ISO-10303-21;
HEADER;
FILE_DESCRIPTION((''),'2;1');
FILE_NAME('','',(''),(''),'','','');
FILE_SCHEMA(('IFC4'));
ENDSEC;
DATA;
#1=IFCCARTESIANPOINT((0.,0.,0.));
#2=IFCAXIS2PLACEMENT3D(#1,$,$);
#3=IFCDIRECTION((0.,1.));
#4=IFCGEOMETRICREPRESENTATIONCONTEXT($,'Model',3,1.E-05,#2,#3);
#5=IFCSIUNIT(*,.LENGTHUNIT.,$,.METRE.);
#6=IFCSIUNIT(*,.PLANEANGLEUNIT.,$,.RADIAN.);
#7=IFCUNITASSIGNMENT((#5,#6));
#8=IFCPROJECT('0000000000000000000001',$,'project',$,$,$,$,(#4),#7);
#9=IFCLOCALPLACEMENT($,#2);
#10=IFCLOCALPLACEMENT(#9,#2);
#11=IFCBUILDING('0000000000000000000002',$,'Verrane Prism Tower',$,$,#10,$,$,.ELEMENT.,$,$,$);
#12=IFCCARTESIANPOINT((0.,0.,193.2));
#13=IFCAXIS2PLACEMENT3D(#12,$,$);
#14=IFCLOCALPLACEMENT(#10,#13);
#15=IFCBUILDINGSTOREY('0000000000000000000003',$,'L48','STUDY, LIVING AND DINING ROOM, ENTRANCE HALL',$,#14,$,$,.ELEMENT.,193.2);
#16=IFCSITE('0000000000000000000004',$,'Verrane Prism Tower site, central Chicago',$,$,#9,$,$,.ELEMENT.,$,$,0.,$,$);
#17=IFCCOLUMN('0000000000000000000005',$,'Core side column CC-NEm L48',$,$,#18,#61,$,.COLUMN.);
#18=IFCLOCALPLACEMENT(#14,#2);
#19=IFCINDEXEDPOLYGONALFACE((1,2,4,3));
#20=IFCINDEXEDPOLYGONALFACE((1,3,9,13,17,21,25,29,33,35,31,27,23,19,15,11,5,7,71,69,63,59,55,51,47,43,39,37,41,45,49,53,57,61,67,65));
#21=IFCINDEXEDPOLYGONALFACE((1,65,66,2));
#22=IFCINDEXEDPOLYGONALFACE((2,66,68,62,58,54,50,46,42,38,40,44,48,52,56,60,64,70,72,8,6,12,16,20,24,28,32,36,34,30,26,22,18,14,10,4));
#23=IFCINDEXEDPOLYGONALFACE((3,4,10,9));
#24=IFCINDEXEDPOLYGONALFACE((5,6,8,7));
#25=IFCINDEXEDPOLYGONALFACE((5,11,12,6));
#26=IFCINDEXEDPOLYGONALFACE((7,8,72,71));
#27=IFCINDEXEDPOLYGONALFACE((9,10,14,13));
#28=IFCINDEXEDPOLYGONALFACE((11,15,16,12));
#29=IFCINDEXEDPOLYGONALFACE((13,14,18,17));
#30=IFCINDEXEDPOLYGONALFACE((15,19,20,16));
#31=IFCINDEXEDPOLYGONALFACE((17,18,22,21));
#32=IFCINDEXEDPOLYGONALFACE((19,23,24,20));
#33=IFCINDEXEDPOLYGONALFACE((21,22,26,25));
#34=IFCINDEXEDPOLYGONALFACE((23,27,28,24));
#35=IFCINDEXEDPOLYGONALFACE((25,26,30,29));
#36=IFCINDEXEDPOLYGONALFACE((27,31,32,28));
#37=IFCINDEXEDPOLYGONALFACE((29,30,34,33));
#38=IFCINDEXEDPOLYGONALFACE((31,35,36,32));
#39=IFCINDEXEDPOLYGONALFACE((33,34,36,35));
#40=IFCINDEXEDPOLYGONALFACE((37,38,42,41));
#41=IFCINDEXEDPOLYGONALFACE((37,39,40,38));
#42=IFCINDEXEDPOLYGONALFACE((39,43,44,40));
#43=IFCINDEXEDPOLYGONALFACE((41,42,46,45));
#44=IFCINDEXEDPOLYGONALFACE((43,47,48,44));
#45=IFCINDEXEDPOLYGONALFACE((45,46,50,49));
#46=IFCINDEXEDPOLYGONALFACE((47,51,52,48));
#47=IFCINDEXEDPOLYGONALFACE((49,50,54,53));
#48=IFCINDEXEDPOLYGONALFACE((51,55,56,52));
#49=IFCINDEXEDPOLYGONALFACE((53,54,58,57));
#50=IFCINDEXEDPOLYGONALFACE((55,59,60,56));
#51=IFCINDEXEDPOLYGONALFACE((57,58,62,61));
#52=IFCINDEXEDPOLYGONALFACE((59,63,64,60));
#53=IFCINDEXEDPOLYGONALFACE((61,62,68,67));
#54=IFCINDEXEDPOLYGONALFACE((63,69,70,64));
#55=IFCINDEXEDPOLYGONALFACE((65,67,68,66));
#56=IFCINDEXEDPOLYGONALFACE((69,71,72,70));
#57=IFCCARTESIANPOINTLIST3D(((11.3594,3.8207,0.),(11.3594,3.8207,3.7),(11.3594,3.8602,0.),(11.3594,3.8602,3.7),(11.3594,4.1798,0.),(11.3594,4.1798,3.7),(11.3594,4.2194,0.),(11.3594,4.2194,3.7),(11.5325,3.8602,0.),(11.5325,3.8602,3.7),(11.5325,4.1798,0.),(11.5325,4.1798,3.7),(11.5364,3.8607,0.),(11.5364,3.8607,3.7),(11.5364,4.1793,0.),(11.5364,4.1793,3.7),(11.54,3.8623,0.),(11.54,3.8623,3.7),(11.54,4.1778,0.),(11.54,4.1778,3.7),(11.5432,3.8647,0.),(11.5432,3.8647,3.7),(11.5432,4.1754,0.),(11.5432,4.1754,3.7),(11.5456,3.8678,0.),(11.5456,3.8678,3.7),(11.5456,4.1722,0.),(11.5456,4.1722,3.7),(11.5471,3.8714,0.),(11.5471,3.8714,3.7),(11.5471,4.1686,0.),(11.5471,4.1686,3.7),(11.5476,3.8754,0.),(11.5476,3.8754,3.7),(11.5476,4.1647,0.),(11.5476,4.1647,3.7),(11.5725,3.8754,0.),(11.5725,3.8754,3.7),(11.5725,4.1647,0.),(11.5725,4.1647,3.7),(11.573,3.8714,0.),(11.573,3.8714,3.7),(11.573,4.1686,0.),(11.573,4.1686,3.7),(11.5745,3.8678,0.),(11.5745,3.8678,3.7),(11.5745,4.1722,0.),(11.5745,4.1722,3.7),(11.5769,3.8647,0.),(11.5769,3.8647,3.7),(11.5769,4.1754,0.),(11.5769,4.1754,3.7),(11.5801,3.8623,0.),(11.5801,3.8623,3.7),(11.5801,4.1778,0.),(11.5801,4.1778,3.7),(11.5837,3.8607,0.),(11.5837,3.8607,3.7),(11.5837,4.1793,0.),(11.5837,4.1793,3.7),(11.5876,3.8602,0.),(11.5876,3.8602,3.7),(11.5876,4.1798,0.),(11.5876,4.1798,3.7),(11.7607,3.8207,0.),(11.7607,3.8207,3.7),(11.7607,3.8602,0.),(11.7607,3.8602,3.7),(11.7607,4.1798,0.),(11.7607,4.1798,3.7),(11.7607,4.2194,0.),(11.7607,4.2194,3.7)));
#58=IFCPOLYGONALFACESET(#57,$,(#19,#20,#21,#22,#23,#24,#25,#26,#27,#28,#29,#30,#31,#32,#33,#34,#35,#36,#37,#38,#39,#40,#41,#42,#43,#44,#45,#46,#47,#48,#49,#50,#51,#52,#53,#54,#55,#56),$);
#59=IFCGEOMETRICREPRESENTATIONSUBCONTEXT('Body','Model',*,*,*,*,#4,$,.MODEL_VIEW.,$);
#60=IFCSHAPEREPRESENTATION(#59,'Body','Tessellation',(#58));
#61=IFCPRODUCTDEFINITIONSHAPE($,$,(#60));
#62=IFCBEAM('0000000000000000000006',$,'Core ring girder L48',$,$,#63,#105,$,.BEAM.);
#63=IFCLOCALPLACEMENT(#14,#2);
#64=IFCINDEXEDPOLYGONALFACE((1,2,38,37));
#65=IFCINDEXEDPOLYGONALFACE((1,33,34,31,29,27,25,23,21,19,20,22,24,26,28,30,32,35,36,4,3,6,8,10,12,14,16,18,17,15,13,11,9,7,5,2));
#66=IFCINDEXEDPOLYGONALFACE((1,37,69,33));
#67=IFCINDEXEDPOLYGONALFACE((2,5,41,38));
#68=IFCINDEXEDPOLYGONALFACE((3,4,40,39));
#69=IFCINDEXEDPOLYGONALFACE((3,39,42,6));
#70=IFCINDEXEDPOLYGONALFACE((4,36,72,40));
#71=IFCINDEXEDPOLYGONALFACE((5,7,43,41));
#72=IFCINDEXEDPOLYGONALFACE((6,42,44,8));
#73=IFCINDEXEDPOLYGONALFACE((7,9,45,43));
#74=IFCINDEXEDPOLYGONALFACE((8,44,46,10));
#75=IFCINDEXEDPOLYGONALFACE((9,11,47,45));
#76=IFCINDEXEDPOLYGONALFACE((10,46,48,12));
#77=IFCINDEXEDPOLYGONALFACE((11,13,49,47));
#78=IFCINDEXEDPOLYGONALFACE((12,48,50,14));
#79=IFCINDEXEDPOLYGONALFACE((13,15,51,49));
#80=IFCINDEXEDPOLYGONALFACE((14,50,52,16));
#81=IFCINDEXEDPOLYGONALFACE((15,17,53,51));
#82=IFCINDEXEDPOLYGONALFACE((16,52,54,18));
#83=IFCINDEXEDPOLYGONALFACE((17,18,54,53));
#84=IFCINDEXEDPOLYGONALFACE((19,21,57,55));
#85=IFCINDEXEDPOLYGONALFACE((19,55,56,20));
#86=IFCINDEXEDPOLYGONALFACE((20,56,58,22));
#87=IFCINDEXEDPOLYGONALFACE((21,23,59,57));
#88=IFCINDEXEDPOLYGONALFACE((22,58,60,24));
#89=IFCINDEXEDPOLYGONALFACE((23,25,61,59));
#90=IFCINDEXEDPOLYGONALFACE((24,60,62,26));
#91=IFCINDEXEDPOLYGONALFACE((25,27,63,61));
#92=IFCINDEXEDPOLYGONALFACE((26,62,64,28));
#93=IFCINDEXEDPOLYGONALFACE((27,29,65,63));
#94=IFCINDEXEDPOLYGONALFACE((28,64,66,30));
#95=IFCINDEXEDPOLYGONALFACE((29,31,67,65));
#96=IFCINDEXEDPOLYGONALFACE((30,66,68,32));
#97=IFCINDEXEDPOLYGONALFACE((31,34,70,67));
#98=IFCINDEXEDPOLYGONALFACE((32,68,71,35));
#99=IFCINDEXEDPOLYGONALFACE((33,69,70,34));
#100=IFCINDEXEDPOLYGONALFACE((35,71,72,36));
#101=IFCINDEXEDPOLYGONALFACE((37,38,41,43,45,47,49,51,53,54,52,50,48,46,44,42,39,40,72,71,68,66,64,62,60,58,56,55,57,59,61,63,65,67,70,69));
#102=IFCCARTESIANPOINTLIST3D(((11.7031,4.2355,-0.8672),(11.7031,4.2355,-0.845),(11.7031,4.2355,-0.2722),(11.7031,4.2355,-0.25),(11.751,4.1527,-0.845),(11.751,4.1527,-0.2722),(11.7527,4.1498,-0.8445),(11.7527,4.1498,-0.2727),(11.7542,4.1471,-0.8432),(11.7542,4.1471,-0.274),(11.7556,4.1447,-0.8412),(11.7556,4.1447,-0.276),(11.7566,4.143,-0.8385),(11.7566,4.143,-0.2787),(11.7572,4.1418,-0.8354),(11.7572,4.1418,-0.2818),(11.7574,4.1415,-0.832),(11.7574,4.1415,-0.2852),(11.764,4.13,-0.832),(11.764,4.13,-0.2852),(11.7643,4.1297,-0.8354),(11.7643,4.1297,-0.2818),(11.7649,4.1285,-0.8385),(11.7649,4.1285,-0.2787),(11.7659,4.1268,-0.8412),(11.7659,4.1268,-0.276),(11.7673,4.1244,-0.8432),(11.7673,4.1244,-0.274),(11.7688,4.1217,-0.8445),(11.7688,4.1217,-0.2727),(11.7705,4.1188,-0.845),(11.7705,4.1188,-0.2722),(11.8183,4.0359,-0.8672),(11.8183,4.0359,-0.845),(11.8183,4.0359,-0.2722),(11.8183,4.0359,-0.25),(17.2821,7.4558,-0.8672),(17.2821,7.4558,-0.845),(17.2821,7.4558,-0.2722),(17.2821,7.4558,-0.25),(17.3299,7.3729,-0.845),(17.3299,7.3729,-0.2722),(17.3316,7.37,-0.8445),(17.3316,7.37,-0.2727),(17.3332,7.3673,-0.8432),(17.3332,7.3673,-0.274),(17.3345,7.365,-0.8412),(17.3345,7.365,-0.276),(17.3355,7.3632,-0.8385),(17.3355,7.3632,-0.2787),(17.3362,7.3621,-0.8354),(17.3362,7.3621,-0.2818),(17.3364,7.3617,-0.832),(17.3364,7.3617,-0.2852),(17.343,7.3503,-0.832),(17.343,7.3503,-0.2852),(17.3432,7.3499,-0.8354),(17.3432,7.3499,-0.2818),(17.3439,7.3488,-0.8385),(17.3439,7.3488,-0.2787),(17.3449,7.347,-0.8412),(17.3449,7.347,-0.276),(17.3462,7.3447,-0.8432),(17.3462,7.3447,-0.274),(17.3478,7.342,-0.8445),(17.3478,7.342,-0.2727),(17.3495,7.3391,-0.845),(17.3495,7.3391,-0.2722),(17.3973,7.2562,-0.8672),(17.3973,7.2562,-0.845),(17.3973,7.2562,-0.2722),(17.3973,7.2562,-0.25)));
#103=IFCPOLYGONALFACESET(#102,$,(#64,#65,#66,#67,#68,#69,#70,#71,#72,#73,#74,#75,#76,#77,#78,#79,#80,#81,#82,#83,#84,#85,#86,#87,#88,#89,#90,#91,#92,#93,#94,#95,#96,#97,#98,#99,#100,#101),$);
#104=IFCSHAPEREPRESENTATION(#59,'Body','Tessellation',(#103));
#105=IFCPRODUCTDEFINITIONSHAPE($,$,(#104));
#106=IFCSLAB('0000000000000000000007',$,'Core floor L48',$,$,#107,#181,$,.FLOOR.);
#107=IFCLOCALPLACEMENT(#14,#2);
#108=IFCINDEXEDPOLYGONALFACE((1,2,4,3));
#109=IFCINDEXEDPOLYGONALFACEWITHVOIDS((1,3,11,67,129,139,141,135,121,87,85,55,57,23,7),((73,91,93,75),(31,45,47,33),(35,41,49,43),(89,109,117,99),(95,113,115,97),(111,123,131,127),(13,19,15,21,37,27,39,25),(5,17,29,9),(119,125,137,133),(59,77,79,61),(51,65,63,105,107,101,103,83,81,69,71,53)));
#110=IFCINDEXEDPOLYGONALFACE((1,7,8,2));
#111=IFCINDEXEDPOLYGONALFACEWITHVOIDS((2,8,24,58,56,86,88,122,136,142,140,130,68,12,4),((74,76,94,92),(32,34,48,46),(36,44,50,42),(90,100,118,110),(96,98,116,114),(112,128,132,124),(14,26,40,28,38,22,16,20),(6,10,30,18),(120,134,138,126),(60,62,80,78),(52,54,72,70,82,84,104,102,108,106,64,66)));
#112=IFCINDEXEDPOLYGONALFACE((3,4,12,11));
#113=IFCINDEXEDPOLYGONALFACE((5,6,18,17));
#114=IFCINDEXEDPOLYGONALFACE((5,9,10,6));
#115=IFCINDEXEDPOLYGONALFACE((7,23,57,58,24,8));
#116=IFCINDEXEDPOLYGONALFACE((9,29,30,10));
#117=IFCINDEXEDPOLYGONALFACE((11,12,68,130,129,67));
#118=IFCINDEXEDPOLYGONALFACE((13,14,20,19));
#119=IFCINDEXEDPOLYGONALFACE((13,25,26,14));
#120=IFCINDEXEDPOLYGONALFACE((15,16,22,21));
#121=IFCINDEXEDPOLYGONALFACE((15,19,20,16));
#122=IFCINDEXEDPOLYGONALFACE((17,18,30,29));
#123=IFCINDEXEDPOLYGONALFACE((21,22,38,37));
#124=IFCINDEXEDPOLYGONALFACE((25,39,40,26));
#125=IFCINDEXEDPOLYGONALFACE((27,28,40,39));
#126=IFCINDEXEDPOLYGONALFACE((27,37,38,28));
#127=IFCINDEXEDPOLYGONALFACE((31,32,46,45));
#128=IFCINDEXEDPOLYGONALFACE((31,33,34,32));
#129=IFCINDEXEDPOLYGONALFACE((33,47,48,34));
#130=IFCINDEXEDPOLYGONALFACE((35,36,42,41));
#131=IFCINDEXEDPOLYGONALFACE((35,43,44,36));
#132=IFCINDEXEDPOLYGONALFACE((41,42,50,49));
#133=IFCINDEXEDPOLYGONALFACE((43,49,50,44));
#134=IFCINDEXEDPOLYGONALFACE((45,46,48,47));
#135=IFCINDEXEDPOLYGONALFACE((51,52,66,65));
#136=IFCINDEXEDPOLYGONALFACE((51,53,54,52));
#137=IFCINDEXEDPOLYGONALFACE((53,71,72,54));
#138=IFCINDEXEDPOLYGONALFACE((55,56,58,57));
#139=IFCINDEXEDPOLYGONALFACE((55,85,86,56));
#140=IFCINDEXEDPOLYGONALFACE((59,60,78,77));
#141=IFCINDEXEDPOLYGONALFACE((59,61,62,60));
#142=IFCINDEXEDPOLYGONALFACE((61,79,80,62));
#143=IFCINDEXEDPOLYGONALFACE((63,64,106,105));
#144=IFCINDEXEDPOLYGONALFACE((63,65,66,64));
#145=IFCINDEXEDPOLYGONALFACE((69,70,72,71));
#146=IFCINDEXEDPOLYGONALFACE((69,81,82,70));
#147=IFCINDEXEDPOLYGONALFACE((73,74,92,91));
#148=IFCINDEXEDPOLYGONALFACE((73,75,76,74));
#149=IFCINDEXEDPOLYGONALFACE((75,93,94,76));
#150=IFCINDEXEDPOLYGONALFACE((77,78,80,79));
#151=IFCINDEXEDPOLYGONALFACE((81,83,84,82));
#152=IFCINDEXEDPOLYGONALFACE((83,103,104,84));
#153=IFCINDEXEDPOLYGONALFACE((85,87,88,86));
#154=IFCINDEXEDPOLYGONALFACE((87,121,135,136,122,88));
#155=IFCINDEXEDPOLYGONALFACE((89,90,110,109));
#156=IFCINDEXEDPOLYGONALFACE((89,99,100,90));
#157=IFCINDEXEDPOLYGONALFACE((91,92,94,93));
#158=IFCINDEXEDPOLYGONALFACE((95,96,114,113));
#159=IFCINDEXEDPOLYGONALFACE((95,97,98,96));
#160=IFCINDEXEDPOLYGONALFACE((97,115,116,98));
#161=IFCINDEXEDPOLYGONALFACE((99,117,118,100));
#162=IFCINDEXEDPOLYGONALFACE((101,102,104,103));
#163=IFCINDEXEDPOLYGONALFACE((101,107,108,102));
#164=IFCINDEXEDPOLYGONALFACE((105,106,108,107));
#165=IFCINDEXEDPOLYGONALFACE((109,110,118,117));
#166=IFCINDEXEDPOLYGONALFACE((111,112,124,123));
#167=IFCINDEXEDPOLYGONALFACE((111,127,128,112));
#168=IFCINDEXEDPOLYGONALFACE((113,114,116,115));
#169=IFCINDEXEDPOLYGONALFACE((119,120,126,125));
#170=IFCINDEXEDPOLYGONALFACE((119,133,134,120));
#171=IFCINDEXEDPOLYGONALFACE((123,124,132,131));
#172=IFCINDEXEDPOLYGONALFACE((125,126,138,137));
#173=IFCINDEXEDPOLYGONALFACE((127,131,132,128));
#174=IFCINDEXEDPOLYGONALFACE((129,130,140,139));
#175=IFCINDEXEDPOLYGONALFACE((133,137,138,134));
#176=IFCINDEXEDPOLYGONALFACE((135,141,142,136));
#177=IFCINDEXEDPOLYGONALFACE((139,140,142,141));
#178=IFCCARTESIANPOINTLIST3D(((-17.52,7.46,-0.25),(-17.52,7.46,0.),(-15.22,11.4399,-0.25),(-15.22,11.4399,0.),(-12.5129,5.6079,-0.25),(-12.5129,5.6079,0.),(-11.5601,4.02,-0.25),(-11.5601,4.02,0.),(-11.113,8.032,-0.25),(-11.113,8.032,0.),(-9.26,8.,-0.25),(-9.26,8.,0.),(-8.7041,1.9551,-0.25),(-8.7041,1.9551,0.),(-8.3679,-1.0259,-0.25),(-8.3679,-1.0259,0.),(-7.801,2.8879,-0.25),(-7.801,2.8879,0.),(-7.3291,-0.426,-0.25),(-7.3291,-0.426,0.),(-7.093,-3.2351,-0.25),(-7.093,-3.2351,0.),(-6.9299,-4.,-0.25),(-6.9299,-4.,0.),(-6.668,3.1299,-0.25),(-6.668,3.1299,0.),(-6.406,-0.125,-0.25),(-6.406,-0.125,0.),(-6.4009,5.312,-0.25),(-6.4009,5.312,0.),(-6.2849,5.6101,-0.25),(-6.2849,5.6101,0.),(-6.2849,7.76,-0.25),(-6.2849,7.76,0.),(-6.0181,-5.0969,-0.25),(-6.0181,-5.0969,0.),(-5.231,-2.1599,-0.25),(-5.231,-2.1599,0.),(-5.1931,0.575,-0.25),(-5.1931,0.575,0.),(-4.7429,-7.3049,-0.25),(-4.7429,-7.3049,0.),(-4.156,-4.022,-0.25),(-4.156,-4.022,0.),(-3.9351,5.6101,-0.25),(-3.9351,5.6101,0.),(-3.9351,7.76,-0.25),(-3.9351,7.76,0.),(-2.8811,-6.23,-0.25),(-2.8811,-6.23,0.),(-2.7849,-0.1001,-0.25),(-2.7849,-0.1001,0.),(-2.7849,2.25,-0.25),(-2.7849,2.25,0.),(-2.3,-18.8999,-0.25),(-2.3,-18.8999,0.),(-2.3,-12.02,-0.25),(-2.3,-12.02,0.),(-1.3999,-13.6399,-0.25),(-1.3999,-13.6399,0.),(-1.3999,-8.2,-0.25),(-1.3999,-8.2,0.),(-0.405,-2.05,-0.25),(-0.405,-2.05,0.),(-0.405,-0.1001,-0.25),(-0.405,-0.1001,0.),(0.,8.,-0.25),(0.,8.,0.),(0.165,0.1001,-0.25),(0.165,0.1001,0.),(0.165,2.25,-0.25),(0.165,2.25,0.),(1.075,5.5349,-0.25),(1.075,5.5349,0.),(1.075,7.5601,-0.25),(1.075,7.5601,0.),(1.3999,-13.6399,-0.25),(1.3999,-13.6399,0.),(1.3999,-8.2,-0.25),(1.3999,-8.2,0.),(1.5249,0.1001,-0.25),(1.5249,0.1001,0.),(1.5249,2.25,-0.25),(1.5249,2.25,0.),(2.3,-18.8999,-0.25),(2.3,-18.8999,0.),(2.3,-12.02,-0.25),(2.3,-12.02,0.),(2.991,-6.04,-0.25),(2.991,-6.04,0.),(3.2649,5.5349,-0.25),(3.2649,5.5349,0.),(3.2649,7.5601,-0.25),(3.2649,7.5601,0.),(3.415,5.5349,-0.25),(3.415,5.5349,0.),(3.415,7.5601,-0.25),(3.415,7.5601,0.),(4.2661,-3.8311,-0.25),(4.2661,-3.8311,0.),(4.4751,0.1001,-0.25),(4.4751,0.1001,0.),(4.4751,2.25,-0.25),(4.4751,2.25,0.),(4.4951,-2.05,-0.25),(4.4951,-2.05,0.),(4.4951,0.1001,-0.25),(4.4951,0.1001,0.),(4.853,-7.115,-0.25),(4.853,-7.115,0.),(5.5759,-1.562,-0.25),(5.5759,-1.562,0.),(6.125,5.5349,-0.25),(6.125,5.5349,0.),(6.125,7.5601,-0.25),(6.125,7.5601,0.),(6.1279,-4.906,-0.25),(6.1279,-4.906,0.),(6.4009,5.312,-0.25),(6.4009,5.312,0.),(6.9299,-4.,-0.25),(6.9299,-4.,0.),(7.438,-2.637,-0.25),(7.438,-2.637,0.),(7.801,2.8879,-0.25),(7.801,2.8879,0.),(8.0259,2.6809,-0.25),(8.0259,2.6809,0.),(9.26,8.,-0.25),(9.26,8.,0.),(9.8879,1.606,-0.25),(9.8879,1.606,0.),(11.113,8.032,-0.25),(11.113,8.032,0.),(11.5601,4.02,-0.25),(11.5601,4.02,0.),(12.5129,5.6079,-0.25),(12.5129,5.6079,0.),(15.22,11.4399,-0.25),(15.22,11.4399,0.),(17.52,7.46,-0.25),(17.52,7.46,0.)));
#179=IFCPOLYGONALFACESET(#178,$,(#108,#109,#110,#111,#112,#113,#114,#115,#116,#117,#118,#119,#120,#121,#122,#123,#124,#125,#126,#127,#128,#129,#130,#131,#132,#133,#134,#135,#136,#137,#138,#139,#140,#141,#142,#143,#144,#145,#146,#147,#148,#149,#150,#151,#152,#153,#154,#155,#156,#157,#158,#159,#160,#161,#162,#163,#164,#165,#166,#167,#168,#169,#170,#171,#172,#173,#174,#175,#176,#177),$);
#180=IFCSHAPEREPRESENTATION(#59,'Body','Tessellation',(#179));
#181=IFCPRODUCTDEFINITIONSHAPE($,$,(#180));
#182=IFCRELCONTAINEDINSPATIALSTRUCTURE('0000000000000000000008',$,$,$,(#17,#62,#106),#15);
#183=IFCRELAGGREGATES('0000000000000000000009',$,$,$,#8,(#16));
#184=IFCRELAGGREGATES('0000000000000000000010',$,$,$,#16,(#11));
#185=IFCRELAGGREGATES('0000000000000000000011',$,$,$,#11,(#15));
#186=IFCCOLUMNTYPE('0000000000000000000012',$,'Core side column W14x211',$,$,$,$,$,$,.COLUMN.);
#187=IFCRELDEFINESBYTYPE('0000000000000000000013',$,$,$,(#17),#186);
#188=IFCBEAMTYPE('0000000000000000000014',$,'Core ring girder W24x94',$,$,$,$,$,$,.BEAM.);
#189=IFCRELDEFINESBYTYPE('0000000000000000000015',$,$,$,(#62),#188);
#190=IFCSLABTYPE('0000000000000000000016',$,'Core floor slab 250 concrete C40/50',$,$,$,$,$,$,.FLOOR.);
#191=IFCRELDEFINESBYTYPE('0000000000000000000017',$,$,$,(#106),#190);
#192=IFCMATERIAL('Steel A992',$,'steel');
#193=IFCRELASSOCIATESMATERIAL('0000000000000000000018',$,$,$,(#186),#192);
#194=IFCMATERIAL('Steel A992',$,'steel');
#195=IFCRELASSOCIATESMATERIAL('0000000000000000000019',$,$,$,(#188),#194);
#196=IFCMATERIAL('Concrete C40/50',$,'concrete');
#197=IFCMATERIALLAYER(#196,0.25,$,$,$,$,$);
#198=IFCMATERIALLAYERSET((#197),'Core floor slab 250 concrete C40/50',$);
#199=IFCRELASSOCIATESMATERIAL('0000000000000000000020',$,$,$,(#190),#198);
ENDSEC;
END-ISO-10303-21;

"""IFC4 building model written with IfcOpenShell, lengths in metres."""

from ifc_helpers import new_model, si_unit, direction, frame, origin, origin_2d, place, context, subcontext, project, spatial, polyline, i_section, outline, extrude, material, layer, layer_set, material_profile, profile_set, type_object, element, save


model = new_model("IFC4")

# Units and contexts
model_context = context("Model", 3, precision=1e-05, world=origin(), true_north=direction((0.0, 1.0)))
body_context = subcontext(model_context, "Body", "Model", "MODEL_VIEW")
ifc_project = project(units=[si_unit("LENGTHUNIT", "METRE"), si_unit("PLANEANGLEUNIT", "RADIAN")], contexts=[model_context])

# Site, building, storey
site_placement = place(None, origin())
site = spatial("IfcSite", under=ifc_project, at=site_placement, Name="Verrane Prism Tower site, central Chicago", CompositionType="ELEMENT", RefElevation=0.0)
building_placement = place(site_placement, origin())
building = spatial("IfcBuilding", under=site, at=building_placement, Name="Verrane Prism Tower", CompositionType="ELEMENT")
storey_placement = place(building_placement, frame((0.0, 0.0, 193.2)))
storey = spatial("IfcBuildingStorey", under=building, at=storey_placement, Name="L48", Description="STUDY, LIVING AND DINING ROOM, ENTRANCE HALL", CompositionType="ELEMENT", Elevation=193.2)

# Column
ifc_material_1 = material(Name="Steel A992", Category="steel")
ifc_material_profile_1 = material_profile(ifc_material_1, i_section(OverallWidth=0.4014, OverallDepth=0.3987, WebThickness=0.0249, FlangeThickness=0.0396, FilletRadius=0.0151, at=origin_2d()), Name="W14x211")
ifc_profile_set_1 = profile_set([ifc_material_profile_1], Name="Steel A992")
column_type = type_object("IfcColumnType", Name="Core side column W14x211", PredefinedType="COLUMN", material=ifc_profile_set_1)
column_placement = place(storey_placement, frame((11.5601, 4.02, 0.0), z_axis=(0.0, 0.0, 1.0), x_axis=(1.0, 0.0, 0.0)))
element("IfcColumn", 1, at=column_placement, inside=storey, type_object=column_type, Name="Core side column CC-NEm L48", PredefinedType="COLUMN", context=body_context, shape_type="SweptSolid", body=[
    extrude(i_section(OverallWidth=0.4014, OverallDepth=0.3987, WebThickness=0.0249, FlangeThickness=0.0396, FilletRadius=0.0151, at=origin_2d()), origin(), (0.0, 0.0, 1.0), 3.7),
])

# Beam
ifc_material_2 = material(Name="Steel A992", Category="steel")
ifc_material_profile_2 = material_profile(ifc_material_2, i_section(OverallWidth=0.2305, OverallDepth=0.6172, WebThickness=0.0132, FlangeThickness=0.0222, FilletRadius=0.0129, at=origin_2d()), Name="W24x94")
ifc_profile_set_2 = profile_set([ifc_material_profile_2], Name="Steel A992")
beam_type = type_object("IfcBeamType", Name="Core ring girder W24x94", PredefinedType="BEAM", material=ifc_profile_set_2)
beam_placement = place(storey_placement, frame((11.7607, 4.1357, -0.5586), z_axis=(0.866075, 0.499914, 0.0), x_axis=(-0.499914, 0.866075, 0.0)))
element("IfcBeam", 2, at=beam_placement, inside=storey, type_object=beam_type, Name="Core ring girder L48", PredefinedType="BEAM", context=body_context, shape_type="SweptSolid", body=[
    extrude(i_section(OverallWidth=0.2305, OverallDepth=0.6172, WebThickness=0.0132, FlangeThickness=0.0222, FilletRadius=0.0129, at=origin_2d()), origin(), (0.0, 0.0, 1.0), 6.4417),
])

# Slab
ifc_material_3 = material(Name="Concrete C40/50", Category="concrete")
ifc_layer_1 = layer(ifc_material_3, 0.25)
ifc_layer_set_1 = layer_set([ifc_layer_1], Name="Core floor slab 250 concrete C40/50")
slab_type_1 = type_object("IfcSlabType", Name="Core floor slab 250 concrete C40/50", PredefinedType="FLOOR", material=ifc_layer_set_1)
slab_1_placement = place(storey_placement, frame((0.0, 0.0, -0.25)))
element("IfcSlab", 3, at=slab_1_placement, inside=storey, type_object=slab_type_1, Name="Core floor L48", PredefinedType="FLOOR", context=body_context, shape_type="SweptSolid", body=[
    extrude(outline(polyline([(11.5601, 4.02), (17.52, 7.46), (15.22, 11.4399), (9.26, 8.0), (0.0, 8.0), (-9.26, 8.0), (-15.22, 11.4399), (-17.52, 7.46), (-11.5601, 4.02), (-6.9299, -4.0), (-2.3, -12.02), (-2.3, -18.8999), (2.3, -18.8999), (2.3, -12.02), (6.9299, -4.0), (11.5601, 4.02)]), holes=[polyline([(1.3999, -8.2), (1.3999, -13.6399), (-1.3999, -13.6399), (-1.3999, -8.2), (1.3999, -8.2)]), polyline([(-2.8811, -6.23), (-4.7429, -7.3049), (-6.0181, -5.0969), (-4.156, -4.022), (-2.8811, -6.23)]), polyline([(-7.801, 2.8879), (-12.5129, 5.6079), (-11.113, 8.032), (-6.4009, 5.312), (-7.801, 2.8879)]), polyline([(-6.2849, 5.6101), (-6.2849, 7.76), (-3.9351, 7.76), (-3.9351, 5.6101), (-6.2849, 5.6101)]), polyline([(4.2661, -3.8311), (6.1279, -4.906), (4.853, -7.115), (2.991, -6.04), (4.2661, -3.8311)]), polyline([(7.438, -2.637), (5.5759, -1.562), (8.0259, 2.6809), (9.8879, 1.606), (7.438, -2.637)]), polyline([(0.165, 0.1001), (1.5249, 0.1001), (1.5249, 2.25), (4.4751, 2.25), (4.4751, 0.1001), (4.4951, 0.1001), (4.4951, -2.05), (-0.405, -2.05), (-0.405, -0.1001), (-2.7849, -0.1001), (-2.7849, 2.25), (0.165, 2.25), (0.165, 0.1001)]), polyline([(6.4009, 5.312), (11.113, 8.032), (12.5129, 5.6079), (7.801, 2.8879), (6.4009, 5.312)]), polyline([(1.075, 5.5349), (1.075, 7.5601), (3.2649, 7.5601), (3.2649, 5.5349), (1.075, 5.5349)]), polyline([(3.415, 7.5601), (6.125, 7.5601), (6.125, 5.5349), (3.415, 5.5349), (3.415, 7.5601)]), polyline([(-5.231, -2.1599), (-7.093, -3.2351), (-8.3679, -1.0259), (-7.3291, -0.426), (-8.7041, 1.9551), (-6.668, 3.1299), (-5.1931, 0.575), (-6.406, -0.125), (-5.231, -2.1599)])]), origin(), (0.0, 0.0, 1.0), 0.25),
])

save(model, "model.ifc")
